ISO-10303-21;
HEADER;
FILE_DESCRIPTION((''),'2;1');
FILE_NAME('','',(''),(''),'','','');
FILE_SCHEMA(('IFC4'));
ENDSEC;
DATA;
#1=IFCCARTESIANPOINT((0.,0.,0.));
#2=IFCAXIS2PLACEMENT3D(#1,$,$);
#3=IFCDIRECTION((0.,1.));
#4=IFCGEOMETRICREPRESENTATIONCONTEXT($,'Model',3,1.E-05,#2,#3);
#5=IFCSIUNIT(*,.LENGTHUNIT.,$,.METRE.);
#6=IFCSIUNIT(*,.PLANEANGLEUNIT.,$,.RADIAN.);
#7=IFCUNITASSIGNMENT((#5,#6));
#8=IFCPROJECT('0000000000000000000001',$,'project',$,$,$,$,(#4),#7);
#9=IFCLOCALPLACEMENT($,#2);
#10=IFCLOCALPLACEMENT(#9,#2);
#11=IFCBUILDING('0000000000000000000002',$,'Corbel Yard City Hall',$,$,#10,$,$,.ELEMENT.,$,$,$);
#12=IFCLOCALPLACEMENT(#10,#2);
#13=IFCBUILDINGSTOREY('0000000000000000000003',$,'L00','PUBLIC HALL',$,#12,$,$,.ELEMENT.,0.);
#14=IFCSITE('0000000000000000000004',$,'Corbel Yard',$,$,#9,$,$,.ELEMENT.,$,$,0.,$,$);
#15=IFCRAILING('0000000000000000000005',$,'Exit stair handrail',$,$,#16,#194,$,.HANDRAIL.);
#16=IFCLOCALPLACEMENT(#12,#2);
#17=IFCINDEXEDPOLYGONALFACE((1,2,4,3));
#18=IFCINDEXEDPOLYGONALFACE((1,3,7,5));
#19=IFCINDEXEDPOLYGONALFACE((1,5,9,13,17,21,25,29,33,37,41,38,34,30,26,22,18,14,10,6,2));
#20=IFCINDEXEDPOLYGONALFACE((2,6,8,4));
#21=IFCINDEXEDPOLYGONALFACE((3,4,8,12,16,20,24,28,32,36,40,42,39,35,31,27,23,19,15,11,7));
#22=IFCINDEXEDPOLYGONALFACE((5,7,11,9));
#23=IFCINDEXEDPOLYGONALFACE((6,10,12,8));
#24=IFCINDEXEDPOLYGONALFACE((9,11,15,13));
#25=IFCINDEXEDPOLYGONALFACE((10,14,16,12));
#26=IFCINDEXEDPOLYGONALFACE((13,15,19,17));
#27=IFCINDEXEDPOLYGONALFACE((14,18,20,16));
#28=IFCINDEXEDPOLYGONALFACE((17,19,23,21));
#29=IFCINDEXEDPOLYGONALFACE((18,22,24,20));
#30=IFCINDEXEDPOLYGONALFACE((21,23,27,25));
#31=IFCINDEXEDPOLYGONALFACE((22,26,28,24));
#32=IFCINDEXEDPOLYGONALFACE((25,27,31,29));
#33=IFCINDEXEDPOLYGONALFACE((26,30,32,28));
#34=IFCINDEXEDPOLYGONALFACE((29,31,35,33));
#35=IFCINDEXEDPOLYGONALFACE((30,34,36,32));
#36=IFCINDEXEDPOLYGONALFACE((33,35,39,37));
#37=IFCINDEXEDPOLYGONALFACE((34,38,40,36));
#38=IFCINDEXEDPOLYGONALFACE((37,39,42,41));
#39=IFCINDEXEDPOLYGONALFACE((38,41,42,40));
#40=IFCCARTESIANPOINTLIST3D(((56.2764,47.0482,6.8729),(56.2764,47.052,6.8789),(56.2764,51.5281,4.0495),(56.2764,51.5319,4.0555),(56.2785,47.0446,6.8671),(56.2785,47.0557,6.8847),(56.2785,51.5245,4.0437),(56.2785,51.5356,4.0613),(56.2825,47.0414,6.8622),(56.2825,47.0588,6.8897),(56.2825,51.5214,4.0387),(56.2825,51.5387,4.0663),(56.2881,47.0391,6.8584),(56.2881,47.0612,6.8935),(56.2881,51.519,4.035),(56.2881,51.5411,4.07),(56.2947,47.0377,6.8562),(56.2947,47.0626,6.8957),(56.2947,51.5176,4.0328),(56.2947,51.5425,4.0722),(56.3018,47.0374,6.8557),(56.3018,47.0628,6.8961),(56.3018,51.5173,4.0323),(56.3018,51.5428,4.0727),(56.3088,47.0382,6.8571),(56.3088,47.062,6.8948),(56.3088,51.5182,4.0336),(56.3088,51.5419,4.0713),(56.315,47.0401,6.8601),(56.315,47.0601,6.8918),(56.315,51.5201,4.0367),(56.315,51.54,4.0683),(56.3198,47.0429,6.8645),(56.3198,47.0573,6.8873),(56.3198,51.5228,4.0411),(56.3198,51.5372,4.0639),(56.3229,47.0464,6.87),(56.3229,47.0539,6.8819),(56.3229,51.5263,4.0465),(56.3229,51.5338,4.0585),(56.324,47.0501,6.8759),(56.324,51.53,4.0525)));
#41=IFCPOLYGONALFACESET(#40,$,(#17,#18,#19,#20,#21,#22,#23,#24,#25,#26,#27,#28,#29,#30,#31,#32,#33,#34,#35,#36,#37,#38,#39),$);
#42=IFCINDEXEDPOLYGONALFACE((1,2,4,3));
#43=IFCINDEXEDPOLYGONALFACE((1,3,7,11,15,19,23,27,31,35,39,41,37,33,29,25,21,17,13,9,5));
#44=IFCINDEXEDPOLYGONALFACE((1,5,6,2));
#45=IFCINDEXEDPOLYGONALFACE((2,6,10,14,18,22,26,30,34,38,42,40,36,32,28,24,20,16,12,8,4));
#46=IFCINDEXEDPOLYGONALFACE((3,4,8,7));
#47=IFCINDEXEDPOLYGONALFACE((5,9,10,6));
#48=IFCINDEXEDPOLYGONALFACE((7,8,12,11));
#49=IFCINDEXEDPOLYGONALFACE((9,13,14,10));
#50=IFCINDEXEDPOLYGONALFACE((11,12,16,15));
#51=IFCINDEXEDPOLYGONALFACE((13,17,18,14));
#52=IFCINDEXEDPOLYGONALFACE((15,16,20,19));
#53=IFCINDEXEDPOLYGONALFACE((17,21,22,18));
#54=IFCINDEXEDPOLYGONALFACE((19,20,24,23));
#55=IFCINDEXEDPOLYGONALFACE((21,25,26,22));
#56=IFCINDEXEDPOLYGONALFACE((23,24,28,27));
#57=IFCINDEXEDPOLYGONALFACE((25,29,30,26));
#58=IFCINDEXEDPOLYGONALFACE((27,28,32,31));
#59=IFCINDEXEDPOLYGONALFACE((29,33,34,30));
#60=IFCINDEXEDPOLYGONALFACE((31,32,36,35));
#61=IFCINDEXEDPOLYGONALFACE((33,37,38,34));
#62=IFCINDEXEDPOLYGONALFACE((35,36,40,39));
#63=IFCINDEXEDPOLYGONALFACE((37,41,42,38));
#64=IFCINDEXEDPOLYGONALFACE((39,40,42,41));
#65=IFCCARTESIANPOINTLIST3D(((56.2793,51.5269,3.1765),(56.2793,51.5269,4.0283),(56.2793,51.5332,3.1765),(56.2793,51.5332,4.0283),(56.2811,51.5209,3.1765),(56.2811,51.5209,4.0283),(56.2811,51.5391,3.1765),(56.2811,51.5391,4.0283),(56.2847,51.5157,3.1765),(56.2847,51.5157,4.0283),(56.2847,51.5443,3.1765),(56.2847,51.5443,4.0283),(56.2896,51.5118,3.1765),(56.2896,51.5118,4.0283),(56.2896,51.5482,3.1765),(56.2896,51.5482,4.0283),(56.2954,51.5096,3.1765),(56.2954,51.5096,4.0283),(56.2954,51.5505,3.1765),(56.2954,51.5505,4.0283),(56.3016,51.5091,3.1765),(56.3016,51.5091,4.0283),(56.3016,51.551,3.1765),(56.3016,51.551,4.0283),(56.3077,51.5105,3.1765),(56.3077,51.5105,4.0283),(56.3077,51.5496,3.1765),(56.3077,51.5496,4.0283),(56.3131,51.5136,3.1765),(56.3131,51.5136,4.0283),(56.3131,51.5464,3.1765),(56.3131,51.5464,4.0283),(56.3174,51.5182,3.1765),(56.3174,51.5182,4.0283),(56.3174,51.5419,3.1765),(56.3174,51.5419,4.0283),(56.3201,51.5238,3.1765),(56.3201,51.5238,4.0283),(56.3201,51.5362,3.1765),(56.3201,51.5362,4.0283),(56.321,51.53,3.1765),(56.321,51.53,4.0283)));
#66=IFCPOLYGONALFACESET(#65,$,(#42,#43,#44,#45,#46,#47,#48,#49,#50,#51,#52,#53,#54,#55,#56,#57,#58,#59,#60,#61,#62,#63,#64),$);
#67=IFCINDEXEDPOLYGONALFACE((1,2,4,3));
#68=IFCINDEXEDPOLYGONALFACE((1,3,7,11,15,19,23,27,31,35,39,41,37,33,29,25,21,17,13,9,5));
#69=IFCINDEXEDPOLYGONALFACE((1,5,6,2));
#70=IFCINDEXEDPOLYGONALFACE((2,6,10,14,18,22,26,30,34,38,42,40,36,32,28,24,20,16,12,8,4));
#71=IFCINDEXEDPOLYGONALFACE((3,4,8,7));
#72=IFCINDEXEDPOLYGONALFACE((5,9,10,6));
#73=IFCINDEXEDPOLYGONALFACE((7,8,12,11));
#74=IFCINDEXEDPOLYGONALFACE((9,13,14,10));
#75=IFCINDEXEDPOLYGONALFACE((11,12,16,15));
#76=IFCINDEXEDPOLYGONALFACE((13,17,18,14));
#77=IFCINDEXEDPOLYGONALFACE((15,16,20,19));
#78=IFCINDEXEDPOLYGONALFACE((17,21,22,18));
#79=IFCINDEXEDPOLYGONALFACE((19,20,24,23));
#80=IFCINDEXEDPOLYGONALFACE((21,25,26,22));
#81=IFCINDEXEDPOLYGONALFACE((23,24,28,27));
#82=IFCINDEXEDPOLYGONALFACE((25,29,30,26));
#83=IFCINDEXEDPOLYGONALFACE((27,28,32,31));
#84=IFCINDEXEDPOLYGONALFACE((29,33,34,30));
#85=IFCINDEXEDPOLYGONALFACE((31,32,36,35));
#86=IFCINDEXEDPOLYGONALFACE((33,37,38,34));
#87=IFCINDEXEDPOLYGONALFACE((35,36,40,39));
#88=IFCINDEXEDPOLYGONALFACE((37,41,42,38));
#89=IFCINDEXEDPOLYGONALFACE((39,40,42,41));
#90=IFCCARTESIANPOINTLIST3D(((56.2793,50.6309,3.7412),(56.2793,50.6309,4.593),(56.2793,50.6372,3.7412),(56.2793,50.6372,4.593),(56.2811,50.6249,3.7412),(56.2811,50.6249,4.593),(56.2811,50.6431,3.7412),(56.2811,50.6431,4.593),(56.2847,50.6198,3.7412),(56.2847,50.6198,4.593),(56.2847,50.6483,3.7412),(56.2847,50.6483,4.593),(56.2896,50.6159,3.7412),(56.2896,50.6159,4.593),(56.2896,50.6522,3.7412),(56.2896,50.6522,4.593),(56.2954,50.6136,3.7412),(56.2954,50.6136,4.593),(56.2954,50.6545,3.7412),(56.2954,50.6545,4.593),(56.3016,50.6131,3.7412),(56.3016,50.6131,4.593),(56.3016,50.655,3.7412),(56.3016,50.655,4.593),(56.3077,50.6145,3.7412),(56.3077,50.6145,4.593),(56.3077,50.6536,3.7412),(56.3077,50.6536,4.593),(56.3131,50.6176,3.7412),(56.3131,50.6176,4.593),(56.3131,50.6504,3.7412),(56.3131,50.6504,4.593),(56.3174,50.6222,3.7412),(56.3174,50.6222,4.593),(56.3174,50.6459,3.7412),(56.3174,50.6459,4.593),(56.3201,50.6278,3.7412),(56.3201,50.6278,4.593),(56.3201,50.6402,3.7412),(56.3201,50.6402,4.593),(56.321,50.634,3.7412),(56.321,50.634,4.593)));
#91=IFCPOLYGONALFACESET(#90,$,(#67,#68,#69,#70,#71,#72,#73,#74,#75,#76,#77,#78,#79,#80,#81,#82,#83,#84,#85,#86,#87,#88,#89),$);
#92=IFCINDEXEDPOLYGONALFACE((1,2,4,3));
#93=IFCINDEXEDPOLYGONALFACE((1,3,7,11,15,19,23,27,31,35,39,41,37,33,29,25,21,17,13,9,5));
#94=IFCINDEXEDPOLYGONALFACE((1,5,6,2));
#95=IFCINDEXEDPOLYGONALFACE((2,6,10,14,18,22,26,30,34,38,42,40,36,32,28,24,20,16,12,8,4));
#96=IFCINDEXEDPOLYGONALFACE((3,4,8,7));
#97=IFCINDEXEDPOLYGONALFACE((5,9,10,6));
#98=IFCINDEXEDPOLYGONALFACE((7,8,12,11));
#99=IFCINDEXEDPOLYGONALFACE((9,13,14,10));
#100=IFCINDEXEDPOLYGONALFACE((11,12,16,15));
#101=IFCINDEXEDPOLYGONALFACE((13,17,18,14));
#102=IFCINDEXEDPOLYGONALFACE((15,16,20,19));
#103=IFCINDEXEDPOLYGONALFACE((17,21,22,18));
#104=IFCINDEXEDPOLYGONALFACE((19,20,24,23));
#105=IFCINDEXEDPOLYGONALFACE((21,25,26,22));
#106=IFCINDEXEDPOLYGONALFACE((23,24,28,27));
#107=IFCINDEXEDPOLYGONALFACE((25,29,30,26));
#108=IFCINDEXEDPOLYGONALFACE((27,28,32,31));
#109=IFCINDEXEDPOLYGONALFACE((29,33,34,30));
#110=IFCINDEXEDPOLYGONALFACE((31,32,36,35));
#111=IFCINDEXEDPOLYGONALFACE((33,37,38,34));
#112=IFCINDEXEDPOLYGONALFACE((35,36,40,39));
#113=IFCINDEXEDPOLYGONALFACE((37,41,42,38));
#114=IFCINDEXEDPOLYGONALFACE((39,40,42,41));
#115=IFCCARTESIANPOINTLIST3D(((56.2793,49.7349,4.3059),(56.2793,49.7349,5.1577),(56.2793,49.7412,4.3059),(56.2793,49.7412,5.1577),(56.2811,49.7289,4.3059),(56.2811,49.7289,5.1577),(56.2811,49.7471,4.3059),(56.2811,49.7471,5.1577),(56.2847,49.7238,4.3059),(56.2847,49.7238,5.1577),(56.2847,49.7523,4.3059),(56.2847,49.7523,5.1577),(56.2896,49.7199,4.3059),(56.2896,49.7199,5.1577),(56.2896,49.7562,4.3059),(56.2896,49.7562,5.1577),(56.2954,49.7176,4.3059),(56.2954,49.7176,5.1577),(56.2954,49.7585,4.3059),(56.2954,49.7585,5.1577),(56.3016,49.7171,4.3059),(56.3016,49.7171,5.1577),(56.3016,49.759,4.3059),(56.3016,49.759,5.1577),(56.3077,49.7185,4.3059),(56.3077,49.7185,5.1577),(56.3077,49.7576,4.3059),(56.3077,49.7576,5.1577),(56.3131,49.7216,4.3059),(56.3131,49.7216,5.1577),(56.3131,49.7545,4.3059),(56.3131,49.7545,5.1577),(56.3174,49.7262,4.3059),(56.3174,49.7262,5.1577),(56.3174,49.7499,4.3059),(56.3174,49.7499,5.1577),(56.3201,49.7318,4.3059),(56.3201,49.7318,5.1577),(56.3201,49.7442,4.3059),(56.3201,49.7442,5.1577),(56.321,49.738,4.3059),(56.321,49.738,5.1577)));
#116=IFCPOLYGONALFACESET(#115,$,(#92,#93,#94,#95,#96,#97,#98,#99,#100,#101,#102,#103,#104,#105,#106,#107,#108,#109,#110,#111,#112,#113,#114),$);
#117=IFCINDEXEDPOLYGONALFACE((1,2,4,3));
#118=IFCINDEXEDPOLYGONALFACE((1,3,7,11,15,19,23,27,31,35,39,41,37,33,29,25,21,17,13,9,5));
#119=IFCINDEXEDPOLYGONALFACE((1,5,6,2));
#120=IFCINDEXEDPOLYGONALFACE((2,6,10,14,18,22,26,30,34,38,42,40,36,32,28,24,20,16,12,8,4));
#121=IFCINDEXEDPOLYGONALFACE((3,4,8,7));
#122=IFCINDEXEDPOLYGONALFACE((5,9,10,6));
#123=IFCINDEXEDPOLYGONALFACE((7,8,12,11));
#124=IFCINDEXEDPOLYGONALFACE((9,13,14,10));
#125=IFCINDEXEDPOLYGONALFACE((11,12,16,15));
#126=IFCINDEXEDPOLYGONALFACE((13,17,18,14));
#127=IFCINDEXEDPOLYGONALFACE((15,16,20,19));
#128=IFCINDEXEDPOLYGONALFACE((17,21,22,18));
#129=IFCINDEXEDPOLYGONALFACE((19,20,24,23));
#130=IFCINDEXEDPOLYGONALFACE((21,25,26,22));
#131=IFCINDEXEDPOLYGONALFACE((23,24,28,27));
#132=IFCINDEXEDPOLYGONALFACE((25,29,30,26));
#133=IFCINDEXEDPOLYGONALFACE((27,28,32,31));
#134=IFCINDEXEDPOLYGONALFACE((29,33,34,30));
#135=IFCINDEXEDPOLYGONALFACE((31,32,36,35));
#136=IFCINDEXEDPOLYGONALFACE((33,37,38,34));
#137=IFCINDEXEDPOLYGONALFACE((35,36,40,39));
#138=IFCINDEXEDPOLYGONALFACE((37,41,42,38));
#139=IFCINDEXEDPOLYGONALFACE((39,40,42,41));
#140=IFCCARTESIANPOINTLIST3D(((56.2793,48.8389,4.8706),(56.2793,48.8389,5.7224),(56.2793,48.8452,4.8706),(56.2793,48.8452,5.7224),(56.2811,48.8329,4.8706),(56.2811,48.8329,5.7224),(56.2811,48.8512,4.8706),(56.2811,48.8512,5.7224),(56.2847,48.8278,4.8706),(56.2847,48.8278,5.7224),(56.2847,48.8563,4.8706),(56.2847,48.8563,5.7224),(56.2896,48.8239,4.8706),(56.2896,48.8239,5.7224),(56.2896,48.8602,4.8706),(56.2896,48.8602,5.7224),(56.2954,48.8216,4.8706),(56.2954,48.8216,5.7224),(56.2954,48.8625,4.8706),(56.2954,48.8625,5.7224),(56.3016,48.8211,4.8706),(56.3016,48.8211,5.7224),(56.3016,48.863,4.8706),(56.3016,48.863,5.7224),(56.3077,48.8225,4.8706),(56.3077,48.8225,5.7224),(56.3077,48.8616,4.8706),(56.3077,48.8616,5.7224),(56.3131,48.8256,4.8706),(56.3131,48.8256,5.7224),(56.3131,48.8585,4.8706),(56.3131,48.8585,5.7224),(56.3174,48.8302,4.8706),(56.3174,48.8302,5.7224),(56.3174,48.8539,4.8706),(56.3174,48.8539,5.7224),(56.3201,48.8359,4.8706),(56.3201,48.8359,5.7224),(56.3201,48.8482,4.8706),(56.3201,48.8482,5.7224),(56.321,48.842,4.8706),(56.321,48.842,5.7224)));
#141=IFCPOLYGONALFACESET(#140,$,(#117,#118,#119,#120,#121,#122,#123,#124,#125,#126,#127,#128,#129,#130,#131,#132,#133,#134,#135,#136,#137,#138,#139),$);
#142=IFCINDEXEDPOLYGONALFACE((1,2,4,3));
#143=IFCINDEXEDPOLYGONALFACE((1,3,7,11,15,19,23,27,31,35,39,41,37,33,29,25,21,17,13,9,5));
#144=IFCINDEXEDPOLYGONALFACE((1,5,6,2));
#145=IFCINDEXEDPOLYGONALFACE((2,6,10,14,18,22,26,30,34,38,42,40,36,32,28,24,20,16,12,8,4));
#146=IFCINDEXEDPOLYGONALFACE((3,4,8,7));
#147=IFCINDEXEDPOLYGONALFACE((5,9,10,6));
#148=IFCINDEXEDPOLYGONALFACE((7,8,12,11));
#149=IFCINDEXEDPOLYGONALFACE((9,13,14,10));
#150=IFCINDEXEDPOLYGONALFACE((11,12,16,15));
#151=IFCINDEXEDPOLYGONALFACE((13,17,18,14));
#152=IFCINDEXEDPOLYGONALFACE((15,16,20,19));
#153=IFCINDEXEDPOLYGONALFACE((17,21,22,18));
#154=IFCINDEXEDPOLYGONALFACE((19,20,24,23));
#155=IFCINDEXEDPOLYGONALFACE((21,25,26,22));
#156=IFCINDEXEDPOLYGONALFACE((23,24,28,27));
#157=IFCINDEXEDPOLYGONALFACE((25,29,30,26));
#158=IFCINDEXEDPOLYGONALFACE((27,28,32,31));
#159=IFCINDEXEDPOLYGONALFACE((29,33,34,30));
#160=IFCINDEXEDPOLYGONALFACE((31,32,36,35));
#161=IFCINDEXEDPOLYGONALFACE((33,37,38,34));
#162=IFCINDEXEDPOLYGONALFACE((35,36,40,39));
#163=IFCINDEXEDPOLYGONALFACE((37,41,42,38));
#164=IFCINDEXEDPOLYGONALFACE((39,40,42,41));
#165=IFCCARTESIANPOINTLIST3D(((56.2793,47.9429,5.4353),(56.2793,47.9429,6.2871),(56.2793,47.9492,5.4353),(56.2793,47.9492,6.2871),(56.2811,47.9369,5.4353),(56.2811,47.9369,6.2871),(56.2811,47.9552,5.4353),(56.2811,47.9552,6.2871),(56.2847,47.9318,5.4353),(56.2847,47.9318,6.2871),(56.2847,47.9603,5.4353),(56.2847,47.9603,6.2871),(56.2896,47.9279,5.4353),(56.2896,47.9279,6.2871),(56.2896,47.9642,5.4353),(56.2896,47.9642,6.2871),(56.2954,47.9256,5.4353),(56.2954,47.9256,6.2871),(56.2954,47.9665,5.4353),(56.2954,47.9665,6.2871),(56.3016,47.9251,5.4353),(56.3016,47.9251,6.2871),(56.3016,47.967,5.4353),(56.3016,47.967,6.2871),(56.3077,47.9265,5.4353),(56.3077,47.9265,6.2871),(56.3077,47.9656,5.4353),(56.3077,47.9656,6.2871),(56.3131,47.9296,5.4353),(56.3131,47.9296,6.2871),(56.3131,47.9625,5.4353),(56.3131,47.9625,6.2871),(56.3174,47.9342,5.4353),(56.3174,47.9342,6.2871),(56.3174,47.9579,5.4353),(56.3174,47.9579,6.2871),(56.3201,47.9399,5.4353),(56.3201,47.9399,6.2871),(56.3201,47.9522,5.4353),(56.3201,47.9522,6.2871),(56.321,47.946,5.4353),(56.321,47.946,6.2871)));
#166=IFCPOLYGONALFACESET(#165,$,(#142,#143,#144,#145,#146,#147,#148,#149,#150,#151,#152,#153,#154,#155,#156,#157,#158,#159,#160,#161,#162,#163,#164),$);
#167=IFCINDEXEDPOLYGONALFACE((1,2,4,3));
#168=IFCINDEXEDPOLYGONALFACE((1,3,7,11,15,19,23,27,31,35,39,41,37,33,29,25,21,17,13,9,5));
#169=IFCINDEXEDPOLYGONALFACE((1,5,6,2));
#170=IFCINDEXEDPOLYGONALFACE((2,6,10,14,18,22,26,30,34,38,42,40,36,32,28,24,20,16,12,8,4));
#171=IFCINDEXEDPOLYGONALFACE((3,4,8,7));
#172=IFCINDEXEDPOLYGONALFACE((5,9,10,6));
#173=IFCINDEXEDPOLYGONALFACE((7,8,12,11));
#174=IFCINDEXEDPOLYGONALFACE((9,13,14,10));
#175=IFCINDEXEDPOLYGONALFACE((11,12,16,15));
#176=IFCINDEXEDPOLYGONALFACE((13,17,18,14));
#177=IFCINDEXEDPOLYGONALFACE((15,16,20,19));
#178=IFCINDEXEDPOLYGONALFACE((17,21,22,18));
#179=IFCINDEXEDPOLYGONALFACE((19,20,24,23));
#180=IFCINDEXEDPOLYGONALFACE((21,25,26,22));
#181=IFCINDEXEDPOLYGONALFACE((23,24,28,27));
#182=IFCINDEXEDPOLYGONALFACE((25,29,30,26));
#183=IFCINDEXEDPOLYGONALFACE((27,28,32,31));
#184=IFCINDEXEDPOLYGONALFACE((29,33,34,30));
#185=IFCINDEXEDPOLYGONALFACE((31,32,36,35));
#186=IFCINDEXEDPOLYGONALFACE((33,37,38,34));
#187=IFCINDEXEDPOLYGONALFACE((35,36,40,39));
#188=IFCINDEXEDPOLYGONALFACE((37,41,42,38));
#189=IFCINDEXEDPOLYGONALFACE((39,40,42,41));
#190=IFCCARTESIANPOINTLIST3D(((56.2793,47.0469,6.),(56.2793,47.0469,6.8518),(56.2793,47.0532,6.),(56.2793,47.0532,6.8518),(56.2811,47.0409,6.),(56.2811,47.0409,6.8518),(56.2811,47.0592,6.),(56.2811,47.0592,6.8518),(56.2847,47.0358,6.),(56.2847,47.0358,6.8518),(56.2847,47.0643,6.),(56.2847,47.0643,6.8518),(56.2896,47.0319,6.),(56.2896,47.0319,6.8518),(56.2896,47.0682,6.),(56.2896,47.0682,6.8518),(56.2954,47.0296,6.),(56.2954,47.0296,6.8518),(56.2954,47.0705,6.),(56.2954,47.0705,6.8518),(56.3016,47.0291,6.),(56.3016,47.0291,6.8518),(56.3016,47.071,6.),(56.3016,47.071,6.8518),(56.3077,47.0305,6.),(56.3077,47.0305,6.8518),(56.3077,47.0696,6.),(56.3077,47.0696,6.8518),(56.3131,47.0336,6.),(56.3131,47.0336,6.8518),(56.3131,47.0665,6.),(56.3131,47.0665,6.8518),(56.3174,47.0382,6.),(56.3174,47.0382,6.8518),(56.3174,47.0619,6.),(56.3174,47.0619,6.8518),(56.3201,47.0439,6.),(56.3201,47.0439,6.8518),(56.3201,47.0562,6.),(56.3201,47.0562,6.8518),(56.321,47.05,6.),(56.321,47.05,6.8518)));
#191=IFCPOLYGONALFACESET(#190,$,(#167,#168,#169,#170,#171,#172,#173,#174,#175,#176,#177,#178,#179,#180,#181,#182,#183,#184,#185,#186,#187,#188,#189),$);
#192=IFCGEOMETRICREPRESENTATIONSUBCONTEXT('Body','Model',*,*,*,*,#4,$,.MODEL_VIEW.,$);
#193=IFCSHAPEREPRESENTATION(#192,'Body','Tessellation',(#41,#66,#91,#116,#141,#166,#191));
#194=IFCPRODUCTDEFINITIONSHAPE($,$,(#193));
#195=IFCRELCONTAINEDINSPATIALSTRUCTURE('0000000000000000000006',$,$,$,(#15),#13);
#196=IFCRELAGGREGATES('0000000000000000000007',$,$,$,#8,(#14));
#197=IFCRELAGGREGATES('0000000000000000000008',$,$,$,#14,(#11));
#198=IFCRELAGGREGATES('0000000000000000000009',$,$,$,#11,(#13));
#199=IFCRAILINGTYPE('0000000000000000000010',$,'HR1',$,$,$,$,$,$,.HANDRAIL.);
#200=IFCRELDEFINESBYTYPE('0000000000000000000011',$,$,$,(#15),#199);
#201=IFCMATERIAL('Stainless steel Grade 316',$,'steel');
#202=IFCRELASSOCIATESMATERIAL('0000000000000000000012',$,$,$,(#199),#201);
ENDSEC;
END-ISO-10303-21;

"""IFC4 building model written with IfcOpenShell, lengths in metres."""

from ifc_helpers import new_model, si_unit, direction, frame, origin, origin_2d, place, context, subcontext, project, spatial, circle, extrude, material, type_object, element, save


model = new_model("IFC4")

# Units and contexts
model_context = context("Model", 3, precision=1e-05, world=origin(), true_north=direction((0.0, 1.0)))
body_context = subcontext(model_context, "Body", "Model", "MODEL_VIEW")
ifc_project = project(units=[si_unit("LENGTHUNIT", "METRE"), si_unit("PLANEANGLEUNIT", "RADIAN")], contexts=[model_context])

# Site, building, storey
site_placement = place(None, origin())
site = spatial("IfcSite", under=ifc_project, at=site_placement, Name="Corbel Yard", CompositionType="ELEMENT", RefElevation=0.0)
building_placement = place(site_placement, origin())
building = spatial("IfcBuilding", under=site, at=building_placement, Name="Corbel Yard City Hall", CompositionType="ELEMENT")
storey_placement = place(building_placement, origin())
storey = spatial("IfcBuildingStorey", under=building, at=storey_placement, Name="L00", Description="PUBLIC HALL", CompositionType="ELEMENT", Elevation=0.0)

# Railing
ifc_material_1 = material(Name="Stainless steel Grade 316", Category="steel")
railing_type = type_object("IfcRailingType", Name="HR1", PredefinedType="HANDRAIL", material=ifc_material_1)
for number, where, name in (
    (1, (56.3, 51.53, 3.1765), "Exit stair handrail"),
):
    element("IfcRailing", number, at=place(storey_placement, frame(where)), inside=storey, type_object=railing_type, Name=name, PredefinedType="HANDRAIL", context=body_context, shape_type="SweptSolid", body=[
        extrude(circle(Radius=0.0239, at=origin_2d()), frame((0.0, 0.0, 0.876), z_axis=(0.0, -0.845998, 0.533186), x_axis=(1.0, 0.0, 0.0)), (0.0, 0.0, 1.0), 5.2954),
        extrude(circle(Radius=0.021, at=origin_2d()), origin(), (0.0, 0.0, 1.0), 0.8518),
        extrude(circle(Radius=0.021, at=origin_2d()), frame((0.0, -0.896, 0.5647)), (0.0, 0.0, 1.0), 0.8518),
        extrude(circle(Radius=0.021, at=origin_2d()), frame((0.0, -1.792, 1.1294)), (0.0, 0.0, 1.0), 0.8518),
        extrude(circle(Radius=0.021, at=origin_2d()), frame((0.0, -2.688, 1.6941)), (0.0, 0.0, 1.0), 0.8518),
        extrude(circle(Radius=0.021, at=origin_2d()), frame((0.0, -3.584, 2.2588)), (0.0, 0.0, 1.0), 0.8518),
        extrude(circle(Radius=0.021, at=origin_2d()), frame((0.0, -4.48, 2.8235)), (0.0, 0.0, 1.0), 0.8518),
    ])

save(model, "model.ifc")
